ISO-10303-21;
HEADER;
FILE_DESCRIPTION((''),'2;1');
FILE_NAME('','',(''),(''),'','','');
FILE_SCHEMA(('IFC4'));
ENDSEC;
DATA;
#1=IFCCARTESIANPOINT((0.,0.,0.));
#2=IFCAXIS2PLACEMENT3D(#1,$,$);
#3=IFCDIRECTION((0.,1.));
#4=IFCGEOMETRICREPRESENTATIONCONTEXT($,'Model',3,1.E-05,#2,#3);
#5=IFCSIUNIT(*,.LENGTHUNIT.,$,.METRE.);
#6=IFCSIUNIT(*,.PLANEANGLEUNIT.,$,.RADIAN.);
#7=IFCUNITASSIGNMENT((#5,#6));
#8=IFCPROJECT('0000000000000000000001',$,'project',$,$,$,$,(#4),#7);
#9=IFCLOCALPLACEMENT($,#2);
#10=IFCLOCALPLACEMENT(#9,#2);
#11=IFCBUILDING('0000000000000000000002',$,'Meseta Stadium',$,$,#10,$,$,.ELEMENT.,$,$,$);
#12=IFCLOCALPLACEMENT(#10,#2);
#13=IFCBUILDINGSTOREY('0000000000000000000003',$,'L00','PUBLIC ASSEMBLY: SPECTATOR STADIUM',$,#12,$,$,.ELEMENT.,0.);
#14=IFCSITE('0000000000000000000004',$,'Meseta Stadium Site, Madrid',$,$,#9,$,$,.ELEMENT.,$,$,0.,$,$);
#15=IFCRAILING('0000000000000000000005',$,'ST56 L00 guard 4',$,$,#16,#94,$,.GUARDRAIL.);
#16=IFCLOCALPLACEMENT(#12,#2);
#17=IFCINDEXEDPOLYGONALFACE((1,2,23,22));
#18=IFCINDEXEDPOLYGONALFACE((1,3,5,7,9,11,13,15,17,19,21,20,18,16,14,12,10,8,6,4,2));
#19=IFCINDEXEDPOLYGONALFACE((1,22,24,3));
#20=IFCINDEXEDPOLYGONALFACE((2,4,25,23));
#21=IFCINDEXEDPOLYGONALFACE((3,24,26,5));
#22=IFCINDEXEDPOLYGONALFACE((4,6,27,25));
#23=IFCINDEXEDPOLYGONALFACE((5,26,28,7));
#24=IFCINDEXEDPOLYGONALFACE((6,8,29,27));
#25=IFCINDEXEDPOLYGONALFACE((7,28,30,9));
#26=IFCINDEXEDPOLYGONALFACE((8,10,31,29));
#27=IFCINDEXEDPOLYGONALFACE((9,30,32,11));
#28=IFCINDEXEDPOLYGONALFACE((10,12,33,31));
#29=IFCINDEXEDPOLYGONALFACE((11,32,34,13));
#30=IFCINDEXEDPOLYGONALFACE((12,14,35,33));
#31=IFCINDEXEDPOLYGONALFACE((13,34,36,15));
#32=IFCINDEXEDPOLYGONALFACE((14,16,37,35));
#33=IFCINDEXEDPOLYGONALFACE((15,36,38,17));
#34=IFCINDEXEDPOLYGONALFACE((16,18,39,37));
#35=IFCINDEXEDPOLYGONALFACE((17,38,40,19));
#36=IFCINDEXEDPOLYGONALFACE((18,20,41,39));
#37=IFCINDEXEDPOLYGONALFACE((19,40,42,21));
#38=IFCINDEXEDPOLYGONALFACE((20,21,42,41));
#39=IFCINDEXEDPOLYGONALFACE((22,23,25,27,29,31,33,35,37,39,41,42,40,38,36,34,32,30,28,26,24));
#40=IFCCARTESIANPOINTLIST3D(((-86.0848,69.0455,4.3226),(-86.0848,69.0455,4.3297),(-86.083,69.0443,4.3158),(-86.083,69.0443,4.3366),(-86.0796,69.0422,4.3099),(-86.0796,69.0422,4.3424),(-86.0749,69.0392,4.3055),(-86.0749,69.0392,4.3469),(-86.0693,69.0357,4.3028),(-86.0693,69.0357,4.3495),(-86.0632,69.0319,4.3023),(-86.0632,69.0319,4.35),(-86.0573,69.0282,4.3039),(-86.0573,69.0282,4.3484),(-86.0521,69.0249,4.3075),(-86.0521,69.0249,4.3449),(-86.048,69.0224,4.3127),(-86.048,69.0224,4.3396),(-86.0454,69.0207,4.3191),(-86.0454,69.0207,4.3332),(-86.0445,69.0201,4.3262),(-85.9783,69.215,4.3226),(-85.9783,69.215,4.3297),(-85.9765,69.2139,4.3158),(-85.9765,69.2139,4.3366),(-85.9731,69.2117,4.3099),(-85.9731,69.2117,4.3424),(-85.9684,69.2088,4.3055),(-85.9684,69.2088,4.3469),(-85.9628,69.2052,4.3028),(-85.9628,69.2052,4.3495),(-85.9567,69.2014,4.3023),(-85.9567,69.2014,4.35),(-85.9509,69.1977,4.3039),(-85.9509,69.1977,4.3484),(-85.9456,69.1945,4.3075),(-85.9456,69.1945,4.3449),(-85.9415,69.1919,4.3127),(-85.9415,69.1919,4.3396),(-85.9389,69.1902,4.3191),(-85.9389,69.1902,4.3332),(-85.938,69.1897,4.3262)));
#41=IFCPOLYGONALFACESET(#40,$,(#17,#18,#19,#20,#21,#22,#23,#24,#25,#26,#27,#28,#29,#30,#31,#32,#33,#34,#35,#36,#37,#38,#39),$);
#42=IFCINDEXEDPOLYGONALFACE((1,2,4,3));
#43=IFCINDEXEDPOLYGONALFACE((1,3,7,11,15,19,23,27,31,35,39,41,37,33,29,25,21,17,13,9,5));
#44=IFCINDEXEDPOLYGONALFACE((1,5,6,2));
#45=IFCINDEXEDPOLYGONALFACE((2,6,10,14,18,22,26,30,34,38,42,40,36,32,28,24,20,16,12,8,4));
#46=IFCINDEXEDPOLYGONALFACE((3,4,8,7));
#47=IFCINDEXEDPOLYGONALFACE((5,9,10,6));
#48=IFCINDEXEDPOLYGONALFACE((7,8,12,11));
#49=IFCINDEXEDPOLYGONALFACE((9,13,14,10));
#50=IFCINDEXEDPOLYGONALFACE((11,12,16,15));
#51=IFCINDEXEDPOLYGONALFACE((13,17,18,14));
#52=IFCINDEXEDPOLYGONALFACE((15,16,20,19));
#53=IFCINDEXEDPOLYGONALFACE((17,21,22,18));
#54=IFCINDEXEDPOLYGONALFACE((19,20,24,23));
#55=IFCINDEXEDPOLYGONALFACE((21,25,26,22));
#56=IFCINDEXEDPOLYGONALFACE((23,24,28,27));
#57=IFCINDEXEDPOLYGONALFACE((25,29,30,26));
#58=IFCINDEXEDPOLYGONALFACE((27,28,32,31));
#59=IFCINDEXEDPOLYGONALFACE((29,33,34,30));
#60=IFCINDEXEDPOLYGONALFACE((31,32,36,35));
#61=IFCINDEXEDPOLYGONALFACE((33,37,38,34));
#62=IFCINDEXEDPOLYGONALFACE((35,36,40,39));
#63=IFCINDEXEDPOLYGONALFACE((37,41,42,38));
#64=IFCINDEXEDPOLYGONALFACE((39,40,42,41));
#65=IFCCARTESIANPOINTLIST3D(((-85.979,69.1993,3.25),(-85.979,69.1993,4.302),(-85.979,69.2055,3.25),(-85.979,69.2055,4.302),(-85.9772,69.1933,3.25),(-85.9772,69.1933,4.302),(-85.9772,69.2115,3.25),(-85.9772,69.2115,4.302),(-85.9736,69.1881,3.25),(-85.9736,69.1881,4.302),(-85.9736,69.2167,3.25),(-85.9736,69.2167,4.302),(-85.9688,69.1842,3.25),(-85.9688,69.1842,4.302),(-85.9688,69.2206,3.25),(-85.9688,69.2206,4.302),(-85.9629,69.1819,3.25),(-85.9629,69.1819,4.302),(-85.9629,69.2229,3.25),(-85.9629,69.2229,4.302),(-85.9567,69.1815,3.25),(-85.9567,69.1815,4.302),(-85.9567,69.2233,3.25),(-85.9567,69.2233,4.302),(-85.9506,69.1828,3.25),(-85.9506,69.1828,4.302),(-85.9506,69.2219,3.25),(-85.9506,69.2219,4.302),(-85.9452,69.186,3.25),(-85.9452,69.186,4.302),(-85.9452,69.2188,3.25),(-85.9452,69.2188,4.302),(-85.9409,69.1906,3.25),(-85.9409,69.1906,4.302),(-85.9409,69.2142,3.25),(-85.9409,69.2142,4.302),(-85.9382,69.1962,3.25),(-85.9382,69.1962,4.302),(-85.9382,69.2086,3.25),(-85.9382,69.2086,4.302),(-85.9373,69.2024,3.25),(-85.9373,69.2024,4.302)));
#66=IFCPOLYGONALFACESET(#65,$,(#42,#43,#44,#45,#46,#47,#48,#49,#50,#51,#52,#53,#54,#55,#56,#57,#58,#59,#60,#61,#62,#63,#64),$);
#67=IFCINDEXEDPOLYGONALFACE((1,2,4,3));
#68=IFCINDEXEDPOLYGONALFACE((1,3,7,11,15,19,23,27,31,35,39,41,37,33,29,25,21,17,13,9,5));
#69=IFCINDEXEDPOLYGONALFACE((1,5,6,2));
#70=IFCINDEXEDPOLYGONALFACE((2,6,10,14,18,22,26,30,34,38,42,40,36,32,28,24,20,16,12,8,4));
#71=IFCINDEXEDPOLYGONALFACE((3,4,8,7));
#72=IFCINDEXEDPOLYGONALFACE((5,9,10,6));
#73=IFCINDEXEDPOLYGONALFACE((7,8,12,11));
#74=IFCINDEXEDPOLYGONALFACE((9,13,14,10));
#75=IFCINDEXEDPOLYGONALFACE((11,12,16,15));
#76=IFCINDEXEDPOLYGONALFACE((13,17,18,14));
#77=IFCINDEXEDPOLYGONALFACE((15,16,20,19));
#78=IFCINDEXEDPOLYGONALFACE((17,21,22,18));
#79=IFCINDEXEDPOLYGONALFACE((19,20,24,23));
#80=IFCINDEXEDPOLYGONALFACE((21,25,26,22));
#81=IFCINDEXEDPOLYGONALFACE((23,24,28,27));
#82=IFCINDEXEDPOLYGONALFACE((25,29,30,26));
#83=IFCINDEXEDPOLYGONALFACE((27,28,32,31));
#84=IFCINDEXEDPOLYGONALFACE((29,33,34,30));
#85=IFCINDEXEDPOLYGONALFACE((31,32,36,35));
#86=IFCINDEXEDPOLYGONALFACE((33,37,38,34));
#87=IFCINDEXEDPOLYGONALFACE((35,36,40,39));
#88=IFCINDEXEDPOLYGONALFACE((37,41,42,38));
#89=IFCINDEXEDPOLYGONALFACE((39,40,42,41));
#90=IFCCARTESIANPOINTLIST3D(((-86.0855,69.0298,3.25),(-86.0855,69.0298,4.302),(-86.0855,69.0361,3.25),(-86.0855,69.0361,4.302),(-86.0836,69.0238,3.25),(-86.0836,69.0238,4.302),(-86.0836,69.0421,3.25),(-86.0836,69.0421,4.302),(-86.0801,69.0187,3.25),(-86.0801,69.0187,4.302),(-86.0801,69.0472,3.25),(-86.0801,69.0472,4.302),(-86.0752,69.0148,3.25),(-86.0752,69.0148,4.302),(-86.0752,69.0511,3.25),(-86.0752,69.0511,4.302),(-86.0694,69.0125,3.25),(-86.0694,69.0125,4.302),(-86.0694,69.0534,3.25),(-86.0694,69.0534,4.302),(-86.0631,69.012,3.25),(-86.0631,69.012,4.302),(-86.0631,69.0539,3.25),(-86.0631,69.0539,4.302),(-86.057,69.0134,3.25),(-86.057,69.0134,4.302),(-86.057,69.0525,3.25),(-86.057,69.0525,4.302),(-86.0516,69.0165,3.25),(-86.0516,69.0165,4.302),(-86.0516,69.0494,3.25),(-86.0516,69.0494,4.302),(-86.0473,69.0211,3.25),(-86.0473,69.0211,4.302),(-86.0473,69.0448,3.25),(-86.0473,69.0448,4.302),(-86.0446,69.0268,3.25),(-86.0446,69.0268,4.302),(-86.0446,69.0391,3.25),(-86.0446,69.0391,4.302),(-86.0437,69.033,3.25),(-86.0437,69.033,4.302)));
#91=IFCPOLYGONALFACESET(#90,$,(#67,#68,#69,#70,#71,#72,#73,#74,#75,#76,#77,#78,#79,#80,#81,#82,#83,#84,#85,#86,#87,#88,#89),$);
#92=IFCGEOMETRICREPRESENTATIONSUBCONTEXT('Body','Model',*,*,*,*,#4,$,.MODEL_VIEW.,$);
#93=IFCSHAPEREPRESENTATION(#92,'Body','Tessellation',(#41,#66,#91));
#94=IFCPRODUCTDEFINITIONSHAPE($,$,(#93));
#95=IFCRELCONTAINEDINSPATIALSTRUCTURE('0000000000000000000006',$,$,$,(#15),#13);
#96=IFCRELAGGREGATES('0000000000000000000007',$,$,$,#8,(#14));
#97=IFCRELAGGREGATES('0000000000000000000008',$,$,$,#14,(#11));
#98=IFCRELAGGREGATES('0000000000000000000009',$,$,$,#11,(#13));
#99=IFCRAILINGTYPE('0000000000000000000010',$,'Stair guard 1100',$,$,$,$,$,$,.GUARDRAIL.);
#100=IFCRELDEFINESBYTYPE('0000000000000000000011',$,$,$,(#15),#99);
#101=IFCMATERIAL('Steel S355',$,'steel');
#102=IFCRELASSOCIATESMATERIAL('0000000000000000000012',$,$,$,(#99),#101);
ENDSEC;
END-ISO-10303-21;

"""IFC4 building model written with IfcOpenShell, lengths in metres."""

from ifc_helpers import new_model, si_unit, direction, frame, origin, origin_2d, place, context, subcontext, project, spatial, circle, extrude, material, type_object, element, save


model = new_model("IFC4")

# Units and contexts
model_context = context("Model", 3, precision=1e-05, world=origin(), true_north=direction((0.0, 1.0)))
body_context = subcontext(model_context, "Body", "Model", "MODEL_VIEW")
ifc_project = project(units=[si_unit("LENGTHUNIT", "METRE"), si_unit("PLANEANGLEUNIT", "RADIAN")], contexts=[model_context])

# Site, building, storey
site_placement = place(None, origin())
site = spatial("IfcSite", under=ifc_project, at=site_placement, Name="Meseta Stadium Site, Madrid", CompositionType="ELEMENT", RefElevation=0.0)
building_placement = place(site_placement, origin())
building = spatial("IfcBuilding", under=site, at=building_placement, Name="Meseta Stadium", CompositionType="ELEMENT")
storey_placement = place(building_placement, origin())
storey = spatial("IfcBuildingStorey", under=building, at=storey_placement, Name="L00", Description="PUBLIC ASSEMBLY: SPECTATOR STADIUM", CompositionType="ELEMENT", Elevation=0.0)

# Railing
ifc_material_1 = material(Name="Steel S355", Category="steel")
railing_type_1 = type_object("IfcRailingType", Name="Stair guard 1100", PredefinedType="GUARDRAIL", material=ifc_material_1)
railing_1_placement = place(storey_placement, frame((-85.9583, 69.2024, 3.25)))
element("IfcRailing", 1, at=railing_1_placement, inside=storey, type_object=railing_type_1, Name="ST56 L00 guard 4", PredefinedType="GUARDRAIL", context=body_context, shape_type="SweptSolid", body=[
    extrude(circle(Radius=0.0239, at=origin_2d()), frame((0.0, 0.0, 1.0762), z_axis=(-0.531972, -0.846762, 0.0), x_axis=(0.846762, -0.531972, 0.0)), (0.0, 0.0, 1.0), 0.2002),
    extrude(circle(Radius=0.021, at=origin_2d()), origin(), (0.0, 0.0, 1.0), 1.052),
    extrude(circle(Radius=0.021, at=origin_2d()), frame((-0.1064, -0.1694, 0.0)), (0.0, 0.0, 1.0), 1.052),
])

save(model, "model.ifc")
